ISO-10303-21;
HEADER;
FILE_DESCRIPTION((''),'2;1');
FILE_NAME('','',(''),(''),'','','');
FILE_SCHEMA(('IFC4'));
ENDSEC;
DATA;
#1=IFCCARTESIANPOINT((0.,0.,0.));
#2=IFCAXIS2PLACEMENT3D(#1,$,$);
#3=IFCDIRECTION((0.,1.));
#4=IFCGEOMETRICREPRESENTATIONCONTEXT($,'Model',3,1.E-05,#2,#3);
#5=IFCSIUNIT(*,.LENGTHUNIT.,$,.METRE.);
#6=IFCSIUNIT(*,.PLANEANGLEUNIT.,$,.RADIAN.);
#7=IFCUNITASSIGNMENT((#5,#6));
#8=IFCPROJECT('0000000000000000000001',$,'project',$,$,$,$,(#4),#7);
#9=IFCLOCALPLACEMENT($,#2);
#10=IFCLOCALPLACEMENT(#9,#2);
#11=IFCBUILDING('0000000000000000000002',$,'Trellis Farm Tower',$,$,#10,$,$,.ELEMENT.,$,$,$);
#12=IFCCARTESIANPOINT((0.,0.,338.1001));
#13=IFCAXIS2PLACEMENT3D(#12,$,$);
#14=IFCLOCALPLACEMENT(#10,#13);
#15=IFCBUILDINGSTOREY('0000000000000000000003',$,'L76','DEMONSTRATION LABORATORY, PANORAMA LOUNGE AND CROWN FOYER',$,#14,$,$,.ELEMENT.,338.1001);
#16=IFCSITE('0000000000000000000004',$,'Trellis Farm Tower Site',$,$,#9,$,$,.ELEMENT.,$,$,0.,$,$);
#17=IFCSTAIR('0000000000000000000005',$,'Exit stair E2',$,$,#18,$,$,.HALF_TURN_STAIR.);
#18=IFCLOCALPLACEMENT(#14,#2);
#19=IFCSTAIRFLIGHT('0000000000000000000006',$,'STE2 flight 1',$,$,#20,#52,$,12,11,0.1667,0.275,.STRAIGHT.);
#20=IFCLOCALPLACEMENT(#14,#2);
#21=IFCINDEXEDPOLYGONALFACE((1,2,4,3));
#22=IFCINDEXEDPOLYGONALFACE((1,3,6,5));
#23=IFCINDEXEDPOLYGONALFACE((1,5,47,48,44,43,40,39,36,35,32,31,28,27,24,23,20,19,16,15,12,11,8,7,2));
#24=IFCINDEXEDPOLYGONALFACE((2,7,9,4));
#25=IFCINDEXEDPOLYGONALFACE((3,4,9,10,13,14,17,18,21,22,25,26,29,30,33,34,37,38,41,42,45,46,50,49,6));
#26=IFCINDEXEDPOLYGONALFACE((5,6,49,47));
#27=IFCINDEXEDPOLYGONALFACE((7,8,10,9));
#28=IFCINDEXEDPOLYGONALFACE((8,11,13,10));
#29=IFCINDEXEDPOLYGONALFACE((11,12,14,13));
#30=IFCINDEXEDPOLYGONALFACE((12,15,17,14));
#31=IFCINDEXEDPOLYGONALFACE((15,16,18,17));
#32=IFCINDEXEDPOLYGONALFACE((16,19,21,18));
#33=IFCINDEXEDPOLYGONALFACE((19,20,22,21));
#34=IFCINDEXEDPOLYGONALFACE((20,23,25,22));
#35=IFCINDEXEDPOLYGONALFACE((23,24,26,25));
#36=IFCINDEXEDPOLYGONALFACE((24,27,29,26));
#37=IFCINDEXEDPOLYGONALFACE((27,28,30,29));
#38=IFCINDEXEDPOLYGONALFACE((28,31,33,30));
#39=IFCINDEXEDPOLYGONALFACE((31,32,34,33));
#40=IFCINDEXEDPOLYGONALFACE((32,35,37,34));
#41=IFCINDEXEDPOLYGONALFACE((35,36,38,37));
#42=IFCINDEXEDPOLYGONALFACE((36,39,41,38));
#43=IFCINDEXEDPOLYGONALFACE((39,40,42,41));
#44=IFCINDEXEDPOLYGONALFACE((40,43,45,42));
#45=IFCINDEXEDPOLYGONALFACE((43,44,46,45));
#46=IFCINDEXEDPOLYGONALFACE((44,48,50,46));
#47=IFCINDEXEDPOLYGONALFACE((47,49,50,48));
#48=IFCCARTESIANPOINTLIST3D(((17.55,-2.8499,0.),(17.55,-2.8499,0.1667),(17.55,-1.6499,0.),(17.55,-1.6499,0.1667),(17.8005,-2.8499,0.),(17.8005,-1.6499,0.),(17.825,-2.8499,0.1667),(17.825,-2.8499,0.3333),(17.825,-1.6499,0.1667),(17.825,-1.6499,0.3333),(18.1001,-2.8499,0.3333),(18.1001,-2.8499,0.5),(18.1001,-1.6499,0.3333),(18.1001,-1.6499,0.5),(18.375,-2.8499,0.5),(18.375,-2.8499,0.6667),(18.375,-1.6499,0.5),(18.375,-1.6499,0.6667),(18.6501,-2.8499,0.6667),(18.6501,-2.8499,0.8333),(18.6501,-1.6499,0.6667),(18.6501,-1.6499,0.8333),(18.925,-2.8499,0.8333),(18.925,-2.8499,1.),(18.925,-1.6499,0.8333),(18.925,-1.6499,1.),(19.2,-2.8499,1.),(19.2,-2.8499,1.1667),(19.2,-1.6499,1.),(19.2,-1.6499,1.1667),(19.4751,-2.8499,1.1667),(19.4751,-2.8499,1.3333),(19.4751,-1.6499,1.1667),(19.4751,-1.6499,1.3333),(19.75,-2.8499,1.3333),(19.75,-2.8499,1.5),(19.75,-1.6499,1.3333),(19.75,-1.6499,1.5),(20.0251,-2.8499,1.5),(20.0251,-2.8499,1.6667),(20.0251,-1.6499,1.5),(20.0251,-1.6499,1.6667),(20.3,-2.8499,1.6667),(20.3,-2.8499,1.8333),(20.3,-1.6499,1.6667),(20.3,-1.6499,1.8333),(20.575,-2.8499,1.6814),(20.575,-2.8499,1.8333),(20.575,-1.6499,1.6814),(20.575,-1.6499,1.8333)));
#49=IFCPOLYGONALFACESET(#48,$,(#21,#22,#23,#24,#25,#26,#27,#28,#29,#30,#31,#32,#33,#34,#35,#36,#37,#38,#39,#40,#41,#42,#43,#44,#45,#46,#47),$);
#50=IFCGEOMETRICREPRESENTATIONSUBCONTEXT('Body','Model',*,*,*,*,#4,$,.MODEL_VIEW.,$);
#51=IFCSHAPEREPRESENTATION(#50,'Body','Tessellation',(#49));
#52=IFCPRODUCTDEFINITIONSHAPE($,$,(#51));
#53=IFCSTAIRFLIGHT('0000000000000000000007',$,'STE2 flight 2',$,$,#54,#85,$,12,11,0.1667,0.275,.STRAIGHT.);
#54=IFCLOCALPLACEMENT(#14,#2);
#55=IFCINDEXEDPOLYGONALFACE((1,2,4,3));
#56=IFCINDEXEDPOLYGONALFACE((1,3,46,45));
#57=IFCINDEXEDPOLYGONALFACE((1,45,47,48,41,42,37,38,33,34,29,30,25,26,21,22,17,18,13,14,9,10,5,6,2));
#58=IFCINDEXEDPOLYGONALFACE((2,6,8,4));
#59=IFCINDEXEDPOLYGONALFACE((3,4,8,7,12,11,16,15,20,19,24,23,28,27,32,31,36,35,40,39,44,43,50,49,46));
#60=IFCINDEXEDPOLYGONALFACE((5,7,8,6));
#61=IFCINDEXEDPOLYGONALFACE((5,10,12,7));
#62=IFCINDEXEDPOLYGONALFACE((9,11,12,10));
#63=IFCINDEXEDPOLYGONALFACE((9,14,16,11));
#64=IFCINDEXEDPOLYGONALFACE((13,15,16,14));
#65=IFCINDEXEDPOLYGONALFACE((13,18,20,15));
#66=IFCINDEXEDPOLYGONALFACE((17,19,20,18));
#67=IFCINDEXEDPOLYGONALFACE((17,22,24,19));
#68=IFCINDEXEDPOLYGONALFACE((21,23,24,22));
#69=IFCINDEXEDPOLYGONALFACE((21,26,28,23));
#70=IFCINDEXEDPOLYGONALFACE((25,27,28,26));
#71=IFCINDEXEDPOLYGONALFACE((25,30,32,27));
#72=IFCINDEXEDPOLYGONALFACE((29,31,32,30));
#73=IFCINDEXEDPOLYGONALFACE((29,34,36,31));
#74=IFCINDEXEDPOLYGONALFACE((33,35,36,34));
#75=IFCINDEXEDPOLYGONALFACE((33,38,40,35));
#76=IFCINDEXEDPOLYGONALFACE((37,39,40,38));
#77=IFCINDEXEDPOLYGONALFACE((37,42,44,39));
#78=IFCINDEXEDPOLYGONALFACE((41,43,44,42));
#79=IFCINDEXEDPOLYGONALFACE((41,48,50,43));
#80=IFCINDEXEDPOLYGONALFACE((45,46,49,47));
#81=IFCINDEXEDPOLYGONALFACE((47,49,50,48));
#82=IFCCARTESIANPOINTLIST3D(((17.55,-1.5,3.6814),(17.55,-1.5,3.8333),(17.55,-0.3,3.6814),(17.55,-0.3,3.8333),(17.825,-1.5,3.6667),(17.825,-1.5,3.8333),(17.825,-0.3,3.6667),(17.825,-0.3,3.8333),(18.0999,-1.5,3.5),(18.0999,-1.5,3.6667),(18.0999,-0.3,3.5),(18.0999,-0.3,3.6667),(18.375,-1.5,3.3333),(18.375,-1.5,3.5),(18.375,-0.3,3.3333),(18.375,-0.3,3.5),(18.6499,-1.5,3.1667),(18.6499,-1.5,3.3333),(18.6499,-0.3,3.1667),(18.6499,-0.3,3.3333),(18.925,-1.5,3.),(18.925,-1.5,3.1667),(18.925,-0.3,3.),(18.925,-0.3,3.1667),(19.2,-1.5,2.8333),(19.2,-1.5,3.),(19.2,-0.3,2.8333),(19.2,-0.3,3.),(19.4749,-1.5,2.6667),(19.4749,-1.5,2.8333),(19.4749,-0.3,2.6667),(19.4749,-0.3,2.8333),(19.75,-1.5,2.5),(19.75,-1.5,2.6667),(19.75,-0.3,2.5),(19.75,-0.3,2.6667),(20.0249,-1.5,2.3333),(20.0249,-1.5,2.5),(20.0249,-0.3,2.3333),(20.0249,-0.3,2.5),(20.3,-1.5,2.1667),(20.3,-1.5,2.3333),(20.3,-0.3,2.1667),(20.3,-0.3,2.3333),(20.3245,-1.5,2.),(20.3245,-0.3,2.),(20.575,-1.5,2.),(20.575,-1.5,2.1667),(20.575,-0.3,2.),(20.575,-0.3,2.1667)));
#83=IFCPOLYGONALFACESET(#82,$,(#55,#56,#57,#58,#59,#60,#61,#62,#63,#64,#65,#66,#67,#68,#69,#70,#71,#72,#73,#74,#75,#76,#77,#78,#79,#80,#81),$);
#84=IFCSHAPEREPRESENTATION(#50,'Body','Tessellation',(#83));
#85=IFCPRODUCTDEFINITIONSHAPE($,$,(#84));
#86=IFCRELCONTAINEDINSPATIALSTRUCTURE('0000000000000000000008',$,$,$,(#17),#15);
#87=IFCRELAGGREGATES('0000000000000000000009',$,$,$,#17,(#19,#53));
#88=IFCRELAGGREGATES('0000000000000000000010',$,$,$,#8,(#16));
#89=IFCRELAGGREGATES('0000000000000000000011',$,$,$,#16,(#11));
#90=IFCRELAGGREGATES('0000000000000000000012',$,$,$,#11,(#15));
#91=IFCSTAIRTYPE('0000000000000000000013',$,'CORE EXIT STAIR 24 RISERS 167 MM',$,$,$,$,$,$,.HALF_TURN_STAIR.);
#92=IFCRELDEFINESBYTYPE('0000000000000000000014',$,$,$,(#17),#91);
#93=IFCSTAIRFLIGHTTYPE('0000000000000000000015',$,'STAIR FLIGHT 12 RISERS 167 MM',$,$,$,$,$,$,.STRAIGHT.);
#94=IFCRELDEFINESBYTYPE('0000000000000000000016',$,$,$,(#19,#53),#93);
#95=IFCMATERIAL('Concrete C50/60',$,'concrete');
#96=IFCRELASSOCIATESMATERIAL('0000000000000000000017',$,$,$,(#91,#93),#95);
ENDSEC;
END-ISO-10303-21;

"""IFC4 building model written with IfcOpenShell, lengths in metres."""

from ifc_helpers import new_model, si_unit, direction, frame, origin, place, context, subcontext, project, spatial, polyline, outline, extrude, source, transform, mapped, material, type_object, element, aggregate, save


model = new_model("IFC4")

# Units and contexts
model_context = context("Model", 3, precision=1e-05, world=origin(), true_north=direction((0.0, 1.0)))
body_context = subcontext(model_context, "Body", "Model", "MODEL_VIEW")
ifc_project = project(units=[si_unit("LENGTHUNIT", "METRE"), si_unit("PLANEANGLEUNIT", "RADIAN")], contexts=[model_context])

# Site, building, storey
site_placement = place(None, origin())
site = spatial("IfcSite", under=ifc_project, at=site_placement, Name="Trellis Farm Tower Site", CompositionType="ELEMENT", RefElevation=0.0)
building_placement = place(site_placement, origin())
building = spatial("IfcBuilding", under=site, at=building_placement, Name="Trellis Farm Tower", CompositionType="ELEMENT")
storey_placement = place(building_placement, frame((0.0, 0.0, 338.1001)))
storey = spatial("IfcBuildingStorey", under=building, at=storey_placement, Name="L76", Description="DEMONSTRATION LABORATORY, PANORAMA LOUNGE AND CROWN FOYER", CompositionType="ELEMENT", Elevation=338.1001)

# Shared definitions
ifc_material_1 = material(Name="Concrete C50/60", Category="concrete")

# Stair, stair flights
stair_type = type_object("IfcStairType", Name="CORE EXIT STAIR 24 RISERS 167 MM", PredefinedType="HALF_TURN_STAIR", material=ifc_material_1)
placement = place(storey_placement, origin())
stair_flight_type = type_object("IfcStairFlightType", Name="STAIR FLIGHT 12 RISERS 167 MM", PredefinedType="STRAIGHT", material=ifc_material_1)
shared_shape_1 = source(origin(), body_context, "Body", "SweptSolid", [
    extrude(outline(polyline([(0.0, 0.0), (0.0, 0.1667), (0.2749, 0.1667), (0.2749, 0.3333), (0.55, 0.3333), (0.55, 0.5), (0.825, 0.5), (0.825, 0.6667), (1.1001, 0.6667), (1.1001, 0.8333), (1.375, 0.8333), (1.375, 1.0), (1.6499, 1.0), (1.6499, 1.1667), (1.925, 1.1667), (1.925, 1.3333), (2.2, 1.3333), (2.2, 1.5), (2.4751, 1.5), (2.4751, 1.6667), (2.75, 1.6667), (2.75, 1.8333), (3.0249, 1.8333), (3.0249, 2.0), (3.0249, 1.6814), (0.2505, 0.0), (0.0, 0.0)])), frame((0.0, 0.6001, 0.0), z_axis=(0.0, -1.0, 0.0), x_axis=(1.0, 0.0, 0.0)), (0.0, 0.0, 1.0), 1.2),
])
stair_1 = element("IfcStair", 1, at=placement, inside=storey, type_object=stair_type, Name="Exit stair E2", PredefinedType="HALF_TURN_STAIR")
stair_flight_1_placement = place(storey_placement, frame((17.55, -2.25, 0.0), z_axis=(0.0, 0.0, 1.0), x_axis=(1.0, 0.0, 0.0)))
stair_flight_1 = element("IfcStairFlight", 2, at=stair_flight_1_placement, type_object=stair_flight_type, Name="STE2 flight 1", NumberOfRisers=12, NumberOfTreads=11, PredefinedType="STRAIGHT", RiserHeight=0.1667, TreadLength=0.275, context=body_context, shape_type="MappedRepresentation", body=[
    mapped(shared_shape_1, transform((0.0, 0.0, 0.0))),
])
stair_flight_2_placement = place(storey_placement, frame((20.575, -0.8999, 2.0), z_axis=(0.0, 0.0, 1.0), x_axis=(-1.0, 0.0, 0.0)))
stair_flight_2 = element("IfcStairFlight", 3, at=stair_flight_2_placement, type_object=stair_flight_type, Name="STE2 flight 2", NumberOfRisers=12, NumberOfTreads=11, PredefinedType="STRAIGHT", RiserHeight=0.1667, TreadLength=0.275, context=body_context, shape_type="MappedRepresentation", body=[
    mapped(shared_shape_1, transform((0.0, 0.0, 0.0))),
])
aggregate(stair_1, [stair_flight_1, stair_flight_2])

save(model, "model.ifc")
